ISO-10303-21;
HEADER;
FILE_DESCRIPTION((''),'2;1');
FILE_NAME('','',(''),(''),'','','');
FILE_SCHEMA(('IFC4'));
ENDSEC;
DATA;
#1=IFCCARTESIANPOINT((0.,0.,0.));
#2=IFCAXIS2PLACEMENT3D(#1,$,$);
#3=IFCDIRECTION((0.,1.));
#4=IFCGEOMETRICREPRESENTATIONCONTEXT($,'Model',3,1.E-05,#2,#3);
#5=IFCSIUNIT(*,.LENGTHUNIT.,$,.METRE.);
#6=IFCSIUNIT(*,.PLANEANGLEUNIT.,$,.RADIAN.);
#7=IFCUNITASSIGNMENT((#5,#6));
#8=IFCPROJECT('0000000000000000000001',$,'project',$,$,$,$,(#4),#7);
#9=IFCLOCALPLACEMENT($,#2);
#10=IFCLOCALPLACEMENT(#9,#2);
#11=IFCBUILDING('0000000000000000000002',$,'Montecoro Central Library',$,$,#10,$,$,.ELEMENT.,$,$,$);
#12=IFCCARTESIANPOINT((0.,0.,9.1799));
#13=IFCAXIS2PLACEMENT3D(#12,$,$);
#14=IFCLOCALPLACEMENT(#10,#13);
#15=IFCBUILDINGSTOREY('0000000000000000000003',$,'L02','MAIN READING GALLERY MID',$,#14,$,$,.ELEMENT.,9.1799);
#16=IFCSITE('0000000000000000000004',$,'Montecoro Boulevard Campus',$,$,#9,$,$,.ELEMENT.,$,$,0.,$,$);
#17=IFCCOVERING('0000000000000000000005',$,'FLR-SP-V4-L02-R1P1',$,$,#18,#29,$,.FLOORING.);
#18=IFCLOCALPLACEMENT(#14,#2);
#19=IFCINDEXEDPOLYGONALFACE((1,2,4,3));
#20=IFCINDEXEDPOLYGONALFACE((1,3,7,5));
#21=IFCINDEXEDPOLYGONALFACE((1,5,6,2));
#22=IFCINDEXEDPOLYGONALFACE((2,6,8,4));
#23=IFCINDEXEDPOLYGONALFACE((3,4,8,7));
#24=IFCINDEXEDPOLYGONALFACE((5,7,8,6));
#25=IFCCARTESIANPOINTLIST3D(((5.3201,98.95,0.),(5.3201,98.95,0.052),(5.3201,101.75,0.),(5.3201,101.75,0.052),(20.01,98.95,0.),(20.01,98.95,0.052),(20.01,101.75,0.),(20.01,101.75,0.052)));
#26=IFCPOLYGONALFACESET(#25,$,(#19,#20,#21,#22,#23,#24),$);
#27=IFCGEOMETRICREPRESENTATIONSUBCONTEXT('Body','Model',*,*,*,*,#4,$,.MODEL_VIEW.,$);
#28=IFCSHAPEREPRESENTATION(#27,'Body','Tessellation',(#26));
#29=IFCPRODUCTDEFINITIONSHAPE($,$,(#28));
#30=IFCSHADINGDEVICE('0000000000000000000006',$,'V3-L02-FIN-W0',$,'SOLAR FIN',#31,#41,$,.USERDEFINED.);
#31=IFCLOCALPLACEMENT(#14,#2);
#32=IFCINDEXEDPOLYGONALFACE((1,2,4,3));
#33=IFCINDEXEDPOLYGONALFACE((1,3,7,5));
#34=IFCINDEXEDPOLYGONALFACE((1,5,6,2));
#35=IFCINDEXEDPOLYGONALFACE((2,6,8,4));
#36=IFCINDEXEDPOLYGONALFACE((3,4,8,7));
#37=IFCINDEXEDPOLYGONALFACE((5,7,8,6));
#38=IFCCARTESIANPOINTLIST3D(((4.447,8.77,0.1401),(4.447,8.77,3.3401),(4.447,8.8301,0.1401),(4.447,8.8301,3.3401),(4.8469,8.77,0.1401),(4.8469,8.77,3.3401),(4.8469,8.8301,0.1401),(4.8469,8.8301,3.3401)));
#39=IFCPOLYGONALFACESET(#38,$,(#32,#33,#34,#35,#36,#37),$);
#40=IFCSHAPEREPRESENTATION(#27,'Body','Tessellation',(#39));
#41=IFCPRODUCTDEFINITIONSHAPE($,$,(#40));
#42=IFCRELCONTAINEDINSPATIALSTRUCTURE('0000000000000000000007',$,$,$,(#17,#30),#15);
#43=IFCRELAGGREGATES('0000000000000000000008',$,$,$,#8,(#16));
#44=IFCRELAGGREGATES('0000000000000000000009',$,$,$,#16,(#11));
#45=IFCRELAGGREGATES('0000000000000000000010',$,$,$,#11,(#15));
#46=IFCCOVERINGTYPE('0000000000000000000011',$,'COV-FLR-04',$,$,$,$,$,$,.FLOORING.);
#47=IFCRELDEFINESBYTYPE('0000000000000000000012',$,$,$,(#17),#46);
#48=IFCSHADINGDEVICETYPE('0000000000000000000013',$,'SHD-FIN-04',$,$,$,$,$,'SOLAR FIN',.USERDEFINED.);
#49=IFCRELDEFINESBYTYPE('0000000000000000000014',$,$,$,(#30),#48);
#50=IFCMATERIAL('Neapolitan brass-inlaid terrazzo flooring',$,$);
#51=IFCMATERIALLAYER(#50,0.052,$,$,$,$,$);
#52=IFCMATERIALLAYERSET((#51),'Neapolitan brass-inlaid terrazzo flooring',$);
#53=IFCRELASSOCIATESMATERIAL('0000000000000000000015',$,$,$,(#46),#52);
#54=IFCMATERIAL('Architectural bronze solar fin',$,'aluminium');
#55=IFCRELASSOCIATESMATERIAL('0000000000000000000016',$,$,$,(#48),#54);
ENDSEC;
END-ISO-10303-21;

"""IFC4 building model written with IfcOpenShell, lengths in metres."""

from ifc_helpers import new_model, si_unit, direction, frame, origin, origin_2d, place, context, subcontext, project, spatial, polyline, rectangle, outline, extrude, material, layer, layer_set, type_object, element, save


model = new_model("IFC4")

# Units and contexts
model_context = context("Model", 3, precision=1e-05, world=origin(), true_north=direction((0.0, 1.0)))
body_context = subcontext(model_context, "Body", "Model", "MODEL_VIEW")
ifc_project = project(units=[si_unit("LENGTHUNIT", "METRE"), si_unit("PLANEANGLEUNIT", "RADIAN")], contexts=[model_context])

# Site, building, storey
site_placement = place(None, origin())
site = spatial("IfcSite", under=ifc_project, at=site_placement, Name="Montecoro Boulevard Campus", CompositionType="ELEMENT", RefElevation=0.0)
building_placement = place(site_placement, origin())
building = spatial("IfcBuilding", under=site, at=building_placement, Name="Montecoro Central Library", CompositionType="ELEMENT")
storey_placement = place(building_placement, frame((0.0, 0.0, 9.1799)))
storey = spatial("IfcBuildingStorey", under=building, at=storey_placement, Name="L02", Description="MAIN READING GALLERY MID", CompositionType="ELEMENT", Elevation=9.1799)

# Covering
ifc_material_1 = material(Name="Neapolitan brass-inlaid terrazzo flooring")
ifc_layer_1 = layer(ifc_material_1, 0.052)
ifc_layer_set_1 = layer_set([ifc_layer_1], Name="Neapolitan brass-inlaid terrazzo flooring")
covering_type_1 = type_object("IfcCoveringType", Name="COV-FLR-04", PredefinedType="FLOORING", material=ifc_layer_set_1)
covering_1_placement = place(storey_placement, origin())
element("IfcCovering", 1, at=covering_1_placement, inside=storey, type_object=covering_type_1, Name="FLR-SP-V4-L02-R1P1", PredefinedType="FLOORING", context=body_context, shape_type="SweptSolid", body=[
    extrude(outline(polyline([(5.3201, 98.95), (20.01, 98.95), (20.01, 101.75), (5.3201, 101.75), (5.3201, 98.95)])), origin(), (0.0, 0.0, 1.0), 0.052),
])

# Shading device
ifc_material_2 = material(Name="Architectural bronze solar fin", Category="aluminium")
shading_device_type = type_object("IfcShadingDeviceType", Name="SHD-FIN-04", ElementType="SOLAR FIN", PredefinedType="USERDEFINED", material=ifc_material_2)
shading_device_placement = place(storey_placement, frame((4.647, 8.8, 0.1401), z_axis=(0.0, 0.0, 1.0), x_axis=(0.0, -1.0, 0.0)))
element("IfcShadingDevice", 2, at=shading_device_placement, inside=storey, type_object=shading_device_type, Name="V3-L02-FIN-W0", ObjectType="SOLAR FIN", PredefinedType="USERDEFINED", context=body_context, shape_type="SweptSolid", body=[
    extrude(rectangle(XDim=0.0601, YDim=0.3999, at=origin_2d()), origin(), (0.0, 0.0, 1.0), 3.2),
])

save(model, "model.ifc")
